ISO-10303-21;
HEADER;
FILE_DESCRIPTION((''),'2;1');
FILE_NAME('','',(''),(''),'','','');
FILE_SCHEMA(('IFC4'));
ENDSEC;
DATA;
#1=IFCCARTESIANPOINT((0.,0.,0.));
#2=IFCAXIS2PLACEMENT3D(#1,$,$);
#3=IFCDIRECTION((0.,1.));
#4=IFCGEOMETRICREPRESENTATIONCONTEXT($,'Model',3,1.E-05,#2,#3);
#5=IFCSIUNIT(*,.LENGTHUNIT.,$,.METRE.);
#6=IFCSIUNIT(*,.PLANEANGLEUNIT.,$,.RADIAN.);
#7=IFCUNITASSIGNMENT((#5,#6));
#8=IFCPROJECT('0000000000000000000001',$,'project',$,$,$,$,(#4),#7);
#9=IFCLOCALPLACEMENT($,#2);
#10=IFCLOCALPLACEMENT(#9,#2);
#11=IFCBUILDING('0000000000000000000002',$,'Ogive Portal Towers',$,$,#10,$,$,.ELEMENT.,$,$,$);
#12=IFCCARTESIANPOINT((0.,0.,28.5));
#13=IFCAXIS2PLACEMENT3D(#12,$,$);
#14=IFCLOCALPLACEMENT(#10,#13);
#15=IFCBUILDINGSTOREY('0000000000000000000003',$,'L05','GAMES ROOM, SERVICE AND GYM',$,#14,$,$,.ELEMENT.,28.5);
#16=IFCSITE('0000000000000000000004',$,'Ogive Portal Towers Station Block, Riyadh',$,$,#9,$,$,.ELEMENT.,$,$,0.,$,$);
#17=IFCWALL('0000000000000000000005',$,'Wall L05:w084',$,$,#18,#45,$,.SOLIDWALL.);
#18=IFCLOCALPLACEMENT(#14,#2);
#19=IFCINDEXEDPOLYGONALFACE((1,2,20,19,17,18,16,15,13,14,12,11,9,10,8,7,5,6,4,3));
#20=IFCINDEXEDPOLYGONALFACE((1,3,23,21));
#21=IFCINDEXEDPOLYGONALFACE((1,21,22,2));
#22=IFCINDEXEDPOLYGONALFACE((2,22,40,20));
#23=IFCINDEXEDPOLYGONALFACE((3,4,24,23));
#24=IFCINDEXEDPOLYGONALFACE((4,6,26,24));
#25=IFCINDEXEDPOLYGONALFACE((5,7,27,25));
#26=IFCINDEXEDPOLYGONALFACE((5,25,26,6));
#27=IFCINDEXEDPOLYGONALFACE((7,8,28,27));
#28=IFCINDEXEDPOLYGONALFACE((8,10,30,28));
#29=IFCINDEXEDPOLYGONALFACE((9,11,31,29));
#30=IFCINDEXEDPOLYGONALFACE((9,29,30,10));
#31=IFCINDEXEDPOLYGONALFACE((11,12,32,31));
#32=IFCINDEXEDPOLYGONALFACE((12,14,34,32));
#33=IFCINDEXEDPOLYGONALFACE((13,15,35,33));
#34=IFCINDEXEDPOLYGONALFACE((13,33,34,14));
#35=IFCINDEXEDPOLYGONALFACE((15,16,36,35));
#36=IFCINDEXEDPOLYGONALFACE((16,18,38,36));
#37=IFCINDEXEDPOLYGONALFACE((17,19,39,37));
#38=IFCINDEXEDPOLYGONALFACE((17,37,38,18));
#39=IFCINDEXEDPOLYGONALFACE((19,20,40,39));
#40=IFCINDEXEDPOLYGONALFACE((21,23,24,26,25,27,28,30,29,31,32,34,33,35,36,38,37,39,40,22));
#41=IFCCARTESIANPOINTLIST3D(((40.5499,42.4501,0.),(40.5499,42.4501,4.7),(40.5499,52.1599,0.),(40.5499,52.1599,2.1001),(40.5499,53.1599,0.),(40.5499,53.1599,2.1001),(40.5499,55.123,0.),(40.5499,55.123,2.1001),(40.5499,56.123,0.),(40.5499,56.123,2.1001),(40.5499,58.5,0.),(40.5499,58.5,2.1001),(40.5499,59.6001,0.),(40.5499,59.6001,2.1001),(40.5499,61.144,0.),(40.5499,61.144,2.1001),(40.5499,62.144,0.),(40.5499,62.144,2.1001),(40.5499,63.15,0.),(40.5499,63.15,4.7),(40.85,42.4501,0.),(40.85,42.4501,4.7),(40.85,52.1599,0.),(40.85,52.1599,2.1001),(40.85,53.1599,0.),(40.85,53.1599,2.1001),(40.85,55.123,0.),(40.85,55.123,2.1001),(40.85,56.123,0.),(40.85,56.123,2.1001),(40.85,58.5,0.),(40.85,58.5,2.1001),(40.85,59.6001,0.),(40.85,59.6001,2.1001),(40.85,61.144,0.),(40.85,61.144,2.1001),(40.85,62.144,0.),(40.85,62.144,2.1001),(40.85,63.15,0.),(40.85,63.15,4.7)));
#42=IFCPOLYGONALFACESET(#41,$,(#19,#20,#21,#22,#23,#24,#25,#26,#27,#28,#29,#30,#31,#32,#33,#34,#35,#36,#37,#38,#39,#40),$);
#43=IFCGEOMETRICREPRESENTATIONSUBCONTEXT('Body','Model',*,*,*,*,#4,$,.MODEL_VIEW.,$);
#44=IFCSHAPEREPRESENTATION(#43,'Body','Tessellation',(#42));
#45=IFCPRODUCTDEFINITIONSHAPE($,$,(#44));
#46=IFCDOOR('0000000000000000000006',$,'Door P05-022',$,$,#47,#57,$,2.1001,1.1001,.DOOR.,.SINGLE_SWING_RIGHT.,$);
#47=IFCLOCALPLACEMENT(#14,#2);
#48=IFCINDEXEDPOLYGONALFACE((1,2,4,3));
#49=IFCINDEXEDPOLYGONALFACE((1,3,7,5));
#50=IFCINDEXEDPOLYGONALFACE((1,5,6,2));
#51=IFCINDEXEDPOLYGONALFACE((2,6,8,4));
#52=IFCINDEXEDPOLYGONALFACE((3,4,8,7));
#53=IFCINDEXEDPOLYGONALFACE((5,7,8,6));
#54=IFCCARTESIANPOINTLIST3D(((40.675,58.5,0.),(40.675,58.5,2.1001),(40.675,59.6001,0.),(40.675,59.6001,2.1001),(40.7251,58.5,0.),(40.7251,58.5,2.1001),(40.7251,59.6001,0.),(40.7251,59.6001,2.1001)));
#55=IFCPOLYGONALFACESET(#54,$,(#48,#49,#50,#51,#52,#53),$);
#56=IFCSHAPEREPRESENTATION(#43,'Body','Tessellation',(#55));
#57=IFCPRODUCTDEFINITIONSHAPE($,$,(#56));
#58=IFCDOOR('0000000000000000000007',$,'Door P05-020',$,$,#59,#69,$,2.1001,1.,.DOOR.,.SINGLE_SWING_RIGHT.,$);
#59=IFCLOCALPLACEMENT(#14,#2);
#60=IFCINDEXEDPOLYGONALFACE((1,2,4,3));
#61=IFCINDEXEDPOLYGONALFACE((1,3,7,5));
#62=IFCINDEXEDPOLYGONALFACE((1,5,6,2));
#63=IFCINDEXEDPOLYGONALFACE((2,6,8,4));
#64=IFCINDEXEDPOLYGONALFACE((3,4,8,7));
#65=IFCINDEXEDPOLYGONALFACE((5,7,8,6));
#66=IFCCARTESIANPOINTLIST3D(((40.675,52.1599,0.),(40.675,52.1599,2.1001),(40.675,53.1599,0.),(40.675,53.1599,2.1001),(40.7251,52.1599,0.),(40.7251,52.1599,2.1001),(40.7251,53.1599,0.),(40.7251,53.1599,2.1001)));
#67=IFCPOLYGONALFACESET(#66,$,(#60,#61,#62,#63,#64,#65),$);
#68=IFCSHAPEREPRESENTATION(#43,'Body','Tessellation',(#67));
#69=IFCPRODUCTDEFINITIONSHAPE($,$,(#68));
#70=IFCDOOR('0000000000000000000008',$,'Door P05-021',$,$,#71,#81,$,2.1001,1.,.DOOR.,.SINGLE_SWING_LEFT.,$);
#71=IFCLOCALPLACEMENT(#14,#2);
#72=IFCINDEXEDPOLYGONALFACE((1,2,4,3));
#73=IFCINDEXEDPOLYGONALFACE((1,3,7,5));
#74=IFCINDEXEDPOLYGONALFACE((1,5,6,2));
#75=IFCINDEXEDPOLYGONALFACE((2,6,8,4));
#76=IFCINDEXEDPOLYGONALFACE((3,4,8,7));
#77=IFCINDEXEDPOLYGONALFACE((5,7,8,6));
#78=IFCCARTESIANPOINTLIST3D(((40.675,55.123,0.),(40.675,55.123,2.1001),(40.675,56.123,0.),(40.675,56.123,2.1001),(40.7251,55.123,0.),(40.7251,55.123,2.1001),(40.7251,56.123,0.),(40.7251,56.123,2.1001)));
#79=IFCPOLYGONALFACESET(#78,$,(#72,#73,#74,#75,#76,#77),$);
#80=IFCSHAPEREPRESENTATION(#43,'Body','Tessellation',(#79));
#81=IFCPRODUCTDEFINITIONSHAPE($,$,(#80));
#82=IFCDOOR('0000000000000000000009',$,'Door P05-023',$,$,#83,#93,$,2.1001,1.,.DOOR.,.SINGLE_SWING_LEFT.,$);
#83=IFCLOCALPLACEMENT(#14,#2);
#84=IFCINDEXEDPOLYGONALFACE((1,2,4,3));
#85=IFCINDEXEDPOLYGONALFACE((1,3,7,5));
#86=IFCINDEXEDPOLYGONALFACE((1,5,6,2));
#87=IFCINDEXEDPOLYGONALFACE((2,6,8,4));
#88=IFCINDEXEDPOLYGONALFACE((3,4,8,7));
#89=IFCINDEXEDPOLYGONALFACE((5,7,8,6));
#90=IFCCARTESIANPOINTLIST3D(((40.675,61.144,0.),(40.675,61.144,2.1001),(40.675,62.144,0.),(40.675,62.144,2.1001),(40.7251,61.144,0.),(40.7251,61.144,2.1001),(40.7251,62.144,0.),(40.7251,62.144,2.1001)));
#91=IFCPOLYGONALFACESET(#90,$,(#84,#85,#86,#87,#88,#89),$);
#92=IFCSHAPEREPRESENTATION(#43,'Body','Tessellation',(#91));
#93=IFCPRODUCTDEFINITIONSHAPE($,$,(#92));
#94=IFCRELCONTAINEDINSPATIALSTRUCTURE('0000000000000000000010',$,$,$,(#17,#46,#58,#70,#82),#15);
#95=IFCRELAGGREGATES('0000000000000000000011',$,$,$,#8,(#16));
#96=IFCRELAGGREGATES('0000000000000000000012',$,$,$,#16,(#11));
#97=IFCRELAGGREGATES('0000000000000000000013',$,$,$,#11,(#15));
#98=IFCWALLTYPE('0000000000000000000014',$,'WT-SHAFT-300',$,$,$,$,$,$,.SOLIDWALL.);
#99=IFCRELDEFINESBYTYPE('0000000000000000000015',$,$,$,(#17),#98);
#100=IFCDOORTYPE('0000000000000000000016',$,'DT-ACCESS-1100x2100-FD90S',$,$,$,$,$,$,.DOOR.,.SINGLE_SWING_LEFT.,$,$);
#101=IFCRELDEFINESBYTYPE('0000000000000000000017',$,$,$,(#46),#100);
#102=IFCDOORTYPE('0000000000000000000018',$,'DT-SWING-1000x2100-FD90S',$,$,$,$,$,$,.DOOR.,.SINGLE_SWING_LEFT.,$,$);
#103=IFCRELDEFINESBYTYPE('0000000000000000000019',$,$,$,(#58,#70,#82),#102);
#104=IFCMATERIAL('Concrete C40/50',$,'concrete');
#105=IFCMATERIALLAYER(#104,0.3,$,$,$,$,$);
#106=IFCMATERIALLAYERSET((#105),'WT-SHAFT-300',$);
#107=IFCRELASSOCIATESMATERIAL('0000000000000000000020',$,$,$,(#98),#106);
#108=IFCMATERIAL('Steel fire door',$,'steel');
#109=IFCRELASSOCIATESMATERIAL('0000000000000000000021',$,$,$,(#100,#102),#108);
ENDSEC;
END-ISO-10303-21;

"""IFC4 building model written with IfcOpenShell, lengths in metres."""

from ifc_helpers import new_model, si_unit, direction, frame, frame_2d, origin, place, context, subcontext, project, spatial, rectangle, extrude, material, layer, layer_set, type_object, element, fill, save


model = new_model("IFC4")

# Units and contexts
model_context = context("Model", 3, precision=1e-05, world=origin(), true_north=direction((0.0, 1.0)))
body_context = subcontext(model_context, "Body", "Model", "MODEL_VIEW")
ifc_project = project(units=[si_unit("LENGTHUNIT", "METRE"), si_unit("PLANEANGLEUNIT", "RADIAN")], contexts=[model_context])

# Site, building, storey
site_placement = place(None, origin())
site = spatial("IfcSite", under=ifc_project, at=site_placement, Name="Ogive Portal Towers Station Block, Riyadh", CompositionType="ELEMENT", RefElevation=0.0)
building_placement = place(site_placement, origin())
building = spatial("IfcBuilding", under=site, at=building_placement, Name="Ogive Portal Towers", CompositionType="ELEMENT")
storey_placement = place(building_placement, frame((0.0, 0.0, 28.5)))
storey = spatial("IfcBuildingStorey", under=building, at=storey_placement, Name="L05", Description="GAMES ROOM, SERVICE AND GYM", CompositionType="ELEMENT", Elevation=28.5)

# Shared definitions
ifc_material_1 = material(Name="Steel fire door", Category="steel")

# Shared definitions
ifc_material_2 = material(Name="Concrete C40/50", Category="concrete")
ifc_layer_1 = layer(ifc_material_2, 0.3)
ifc_layer_set_1 = layer_set([ifc_layer_1], Name="WT-SHAFT-300")
wall_type_1 = type_object("IfcWallType", Name="WT-SHAFT-300", PredefinedType="SOLIDWALL", material=ifc_layer_set_1)

# Wall, openings, doors
wall_1_placement = place(storey_placement, frame((40.7, 42.45, 0.0), z_axis=(0.0, 0.0, 1.0), x_axis=(0.0, 1.0, 0.0)))
wall_1 = element("IfcWall", 1, at=wall_1_placement, inside=storey, type_object=wall_type_1, Name="Wall L05:w084", PredefinedType="SOLIDWALL", context=body_context, shape_type="SweptSolid", body=[
    extrude(rectangle(XDim=20.7, YDim=0.3, at=frame_2d((10.3501, 0.0))), origin(), (0.0, 0.0, 1.0), 4.7),
])
opening_1_placement = place(wall_1_placement, frame((9.71, 0.0, 0.0)))
opening_1 = element("IfcOpeningElement", 2, at=opening_1_placement, cuts=wall_1, PredefinedType="OPENING", context=body_context, shape_type="SweptSolid", body=[
    extrude(rectangle(XDim=1.0, YDim=2.1001, at=frame_2d((0.5, 1.05))), frame((0.0, 0.1602, 0.0), z_axis=(0.0, -1.0, 0.0), x_axis=(1.0, 0.0, 0.0)), (0.0, 0.0, 1.0), 0.3201),
])
opening_2_placement = place(wall_1_placement, frame((12.6731, 0.0, 0.0)))
opening_2 = element("IfcOpeningElement", 3, at=opening_2_placement, cuts=wall_1, PredefinedType="OPENING", context=body_context, shape_type="SweptSolid", body=[
    extrude(rectangle(XDim=1.0, YDim=2.1001, at=frame_2d((0.5, 1.05))), frame((0.0, 0.1602, 0.0), z_axis=(0.0, -1.0, 0.0), x_axis=(1.0, 0.0, 0.0)), (0.0, 0.0, 1.0), 0.3201),
])
opening_3_placement = place(wall_1_placement, frame((16.05, 0.0, 0.0)))
opening_3 = element("IfcOpeningElement", 4, at=opening_3_placement, cuts=wall_1, PredefinedType="OPENING", context=body_context, shape_type="SweptSolid", body=[
    extrude(rectangle(XDim=1.1001, YDim=2.1001, at=frame_2d((0.55, 1.05))), frame((0.0, 0.1602, 0.0), z_axis=(0.0, -1.0, 0.0), x_axis=(1.0, 0.0, 0.0)), (0.0, 0.0, 1.0), 0.3201),
])
opening_4_placement = place(wall_1_placement, frame((18.6941, 0.0, 0.0)))
opening_4 = element("IfcOpeningElement", 5, at=opening_4_placement, cuts=wall_1, PredefinedType="OPENING", context=body_context, shape_type="SweptSolid", body=[
    extrude(rectangle(XDim=1.0, YDim=2.1001, at=frame_2d((0.5, 1.05))), frame((0.0, 0.1602, 0.0), z_axis=(0.0, -1.0, 0.0), x_axis=(1.0, 0.0, 0.0)), (0.0, 0.0, 1.0), 0.3201),
])
door_type_1 = type_object("IfcDoorType", Name="DT-ACCESS-1100x2100-FD90S", OperationType="SINGLE_SWING_LEFT", PredefinedType="DOOR", material=ifc_material_1)
door_1_placement = place(opening_3_placement, origin())
door_1 = element("IfcDoor", 6, at=door_1_placement, inside=storey, type_object=door_type_1, Name="Door P05-022", OperationType="SINGLE_SWING_RIGHT", OverallHeight=2.1001, OverallWidth=1.1001, PredefinedType="DOOR", context=body_context, shape_type="SweptSolid", body=[
    extrude(rectangle(XDim=1.1001, YDim=2.1001, at=frame_2d((0.55, 1.05))), frame((0.0, 0.0249, 0.0), z_axis=(0.0, -1.0, 0.0), x_axis=(1.0, 0.0, 0.0)), (0.0, 0.0, 1.0), 0.05),
])
fill(opening_3, door_1)
door_type_2 = type_object("IfcDoorType", Name="DT-SWING-1000x2100-FD90S", OperationType="SINGLE_SWING_LEFT", PredefinedType="DOOR", material=ifc_material_1)
door_2_placement = place(opening_1_placement, origin())
door_2 = element("IfcDoor", 7, at=door_2_placement, inside=storey, type_object=door_type_2, Name="Door P05-020", OperationType="SINGLE_SWING_RIGHT", OverallHeight=2.1001, OverallWidth=1.0, PredefinedType="DOOR", context=body_context, shape_type="SweptSolid", body=[
    extrude(rectangle(XDim=1.0, YDim=2.1001, at=frame_2d((0.5, 1.05))), frame((0.0, 0.0249, 0.0), z_axis=(0.0, -1.0, 0.0), x_axis=(1.0, 0.0, 0.0)), (0.0, 0.0, 1.0), 0.05),
])
fill(opening_1, door_2)
door_3_placement = place(opening_2_placement, origin())
door_3 = element("IfcDoor", 8, at=door_3_placement, inside=storey, type_object=door_type_2, Name="Door P05-021", OperationType="SINGLE_SWING_LEFT", OverallHeight=2.1001, OverallWidth=1.0, PredefinedType="DOOR", context=body_context, shape_type="SweptSolid", body=[
    extrude(rectangle(XDim=1.0, YDim=2.1001, at=frame_2d((0.5, 1.05))), frame((0.0, 0.0249, 0.0), z_axis=(0.0, -1.0, 0.0), x_axis=(1.0, 0.0, 0.0)), (0.0, 0.0, 1.0), 0.05),
])
fill(opening_2, door_3)
door_4_placement = place(opening_4_placement, origin())
door_4 = element("IfcDoor", 9, at=door_4_placement, inside=storey, type_object=door_type_2, Name="Door P05-023", OperationType="SINGLE_SWING_LEFT", OverallHeight=2.1001, OverallWidth=1.0, PredefinedType="DOOR", context=body_context, shape_type="SweptSolid", body=[
    extrude(rectangle(XDim=1.0, YDim=2.1001, at=frame_2d((0.5, 1.05))), frame((0.0, 0.0249, 0.0), z_axis=(0.0, -1.0, 0.0), x_axis=(1.0, 0.0, 0.0)), (0.0, 0.0, 1.0), 0.05),
])
fill(opening_4, door_4)

save(model, "model.ifc")
